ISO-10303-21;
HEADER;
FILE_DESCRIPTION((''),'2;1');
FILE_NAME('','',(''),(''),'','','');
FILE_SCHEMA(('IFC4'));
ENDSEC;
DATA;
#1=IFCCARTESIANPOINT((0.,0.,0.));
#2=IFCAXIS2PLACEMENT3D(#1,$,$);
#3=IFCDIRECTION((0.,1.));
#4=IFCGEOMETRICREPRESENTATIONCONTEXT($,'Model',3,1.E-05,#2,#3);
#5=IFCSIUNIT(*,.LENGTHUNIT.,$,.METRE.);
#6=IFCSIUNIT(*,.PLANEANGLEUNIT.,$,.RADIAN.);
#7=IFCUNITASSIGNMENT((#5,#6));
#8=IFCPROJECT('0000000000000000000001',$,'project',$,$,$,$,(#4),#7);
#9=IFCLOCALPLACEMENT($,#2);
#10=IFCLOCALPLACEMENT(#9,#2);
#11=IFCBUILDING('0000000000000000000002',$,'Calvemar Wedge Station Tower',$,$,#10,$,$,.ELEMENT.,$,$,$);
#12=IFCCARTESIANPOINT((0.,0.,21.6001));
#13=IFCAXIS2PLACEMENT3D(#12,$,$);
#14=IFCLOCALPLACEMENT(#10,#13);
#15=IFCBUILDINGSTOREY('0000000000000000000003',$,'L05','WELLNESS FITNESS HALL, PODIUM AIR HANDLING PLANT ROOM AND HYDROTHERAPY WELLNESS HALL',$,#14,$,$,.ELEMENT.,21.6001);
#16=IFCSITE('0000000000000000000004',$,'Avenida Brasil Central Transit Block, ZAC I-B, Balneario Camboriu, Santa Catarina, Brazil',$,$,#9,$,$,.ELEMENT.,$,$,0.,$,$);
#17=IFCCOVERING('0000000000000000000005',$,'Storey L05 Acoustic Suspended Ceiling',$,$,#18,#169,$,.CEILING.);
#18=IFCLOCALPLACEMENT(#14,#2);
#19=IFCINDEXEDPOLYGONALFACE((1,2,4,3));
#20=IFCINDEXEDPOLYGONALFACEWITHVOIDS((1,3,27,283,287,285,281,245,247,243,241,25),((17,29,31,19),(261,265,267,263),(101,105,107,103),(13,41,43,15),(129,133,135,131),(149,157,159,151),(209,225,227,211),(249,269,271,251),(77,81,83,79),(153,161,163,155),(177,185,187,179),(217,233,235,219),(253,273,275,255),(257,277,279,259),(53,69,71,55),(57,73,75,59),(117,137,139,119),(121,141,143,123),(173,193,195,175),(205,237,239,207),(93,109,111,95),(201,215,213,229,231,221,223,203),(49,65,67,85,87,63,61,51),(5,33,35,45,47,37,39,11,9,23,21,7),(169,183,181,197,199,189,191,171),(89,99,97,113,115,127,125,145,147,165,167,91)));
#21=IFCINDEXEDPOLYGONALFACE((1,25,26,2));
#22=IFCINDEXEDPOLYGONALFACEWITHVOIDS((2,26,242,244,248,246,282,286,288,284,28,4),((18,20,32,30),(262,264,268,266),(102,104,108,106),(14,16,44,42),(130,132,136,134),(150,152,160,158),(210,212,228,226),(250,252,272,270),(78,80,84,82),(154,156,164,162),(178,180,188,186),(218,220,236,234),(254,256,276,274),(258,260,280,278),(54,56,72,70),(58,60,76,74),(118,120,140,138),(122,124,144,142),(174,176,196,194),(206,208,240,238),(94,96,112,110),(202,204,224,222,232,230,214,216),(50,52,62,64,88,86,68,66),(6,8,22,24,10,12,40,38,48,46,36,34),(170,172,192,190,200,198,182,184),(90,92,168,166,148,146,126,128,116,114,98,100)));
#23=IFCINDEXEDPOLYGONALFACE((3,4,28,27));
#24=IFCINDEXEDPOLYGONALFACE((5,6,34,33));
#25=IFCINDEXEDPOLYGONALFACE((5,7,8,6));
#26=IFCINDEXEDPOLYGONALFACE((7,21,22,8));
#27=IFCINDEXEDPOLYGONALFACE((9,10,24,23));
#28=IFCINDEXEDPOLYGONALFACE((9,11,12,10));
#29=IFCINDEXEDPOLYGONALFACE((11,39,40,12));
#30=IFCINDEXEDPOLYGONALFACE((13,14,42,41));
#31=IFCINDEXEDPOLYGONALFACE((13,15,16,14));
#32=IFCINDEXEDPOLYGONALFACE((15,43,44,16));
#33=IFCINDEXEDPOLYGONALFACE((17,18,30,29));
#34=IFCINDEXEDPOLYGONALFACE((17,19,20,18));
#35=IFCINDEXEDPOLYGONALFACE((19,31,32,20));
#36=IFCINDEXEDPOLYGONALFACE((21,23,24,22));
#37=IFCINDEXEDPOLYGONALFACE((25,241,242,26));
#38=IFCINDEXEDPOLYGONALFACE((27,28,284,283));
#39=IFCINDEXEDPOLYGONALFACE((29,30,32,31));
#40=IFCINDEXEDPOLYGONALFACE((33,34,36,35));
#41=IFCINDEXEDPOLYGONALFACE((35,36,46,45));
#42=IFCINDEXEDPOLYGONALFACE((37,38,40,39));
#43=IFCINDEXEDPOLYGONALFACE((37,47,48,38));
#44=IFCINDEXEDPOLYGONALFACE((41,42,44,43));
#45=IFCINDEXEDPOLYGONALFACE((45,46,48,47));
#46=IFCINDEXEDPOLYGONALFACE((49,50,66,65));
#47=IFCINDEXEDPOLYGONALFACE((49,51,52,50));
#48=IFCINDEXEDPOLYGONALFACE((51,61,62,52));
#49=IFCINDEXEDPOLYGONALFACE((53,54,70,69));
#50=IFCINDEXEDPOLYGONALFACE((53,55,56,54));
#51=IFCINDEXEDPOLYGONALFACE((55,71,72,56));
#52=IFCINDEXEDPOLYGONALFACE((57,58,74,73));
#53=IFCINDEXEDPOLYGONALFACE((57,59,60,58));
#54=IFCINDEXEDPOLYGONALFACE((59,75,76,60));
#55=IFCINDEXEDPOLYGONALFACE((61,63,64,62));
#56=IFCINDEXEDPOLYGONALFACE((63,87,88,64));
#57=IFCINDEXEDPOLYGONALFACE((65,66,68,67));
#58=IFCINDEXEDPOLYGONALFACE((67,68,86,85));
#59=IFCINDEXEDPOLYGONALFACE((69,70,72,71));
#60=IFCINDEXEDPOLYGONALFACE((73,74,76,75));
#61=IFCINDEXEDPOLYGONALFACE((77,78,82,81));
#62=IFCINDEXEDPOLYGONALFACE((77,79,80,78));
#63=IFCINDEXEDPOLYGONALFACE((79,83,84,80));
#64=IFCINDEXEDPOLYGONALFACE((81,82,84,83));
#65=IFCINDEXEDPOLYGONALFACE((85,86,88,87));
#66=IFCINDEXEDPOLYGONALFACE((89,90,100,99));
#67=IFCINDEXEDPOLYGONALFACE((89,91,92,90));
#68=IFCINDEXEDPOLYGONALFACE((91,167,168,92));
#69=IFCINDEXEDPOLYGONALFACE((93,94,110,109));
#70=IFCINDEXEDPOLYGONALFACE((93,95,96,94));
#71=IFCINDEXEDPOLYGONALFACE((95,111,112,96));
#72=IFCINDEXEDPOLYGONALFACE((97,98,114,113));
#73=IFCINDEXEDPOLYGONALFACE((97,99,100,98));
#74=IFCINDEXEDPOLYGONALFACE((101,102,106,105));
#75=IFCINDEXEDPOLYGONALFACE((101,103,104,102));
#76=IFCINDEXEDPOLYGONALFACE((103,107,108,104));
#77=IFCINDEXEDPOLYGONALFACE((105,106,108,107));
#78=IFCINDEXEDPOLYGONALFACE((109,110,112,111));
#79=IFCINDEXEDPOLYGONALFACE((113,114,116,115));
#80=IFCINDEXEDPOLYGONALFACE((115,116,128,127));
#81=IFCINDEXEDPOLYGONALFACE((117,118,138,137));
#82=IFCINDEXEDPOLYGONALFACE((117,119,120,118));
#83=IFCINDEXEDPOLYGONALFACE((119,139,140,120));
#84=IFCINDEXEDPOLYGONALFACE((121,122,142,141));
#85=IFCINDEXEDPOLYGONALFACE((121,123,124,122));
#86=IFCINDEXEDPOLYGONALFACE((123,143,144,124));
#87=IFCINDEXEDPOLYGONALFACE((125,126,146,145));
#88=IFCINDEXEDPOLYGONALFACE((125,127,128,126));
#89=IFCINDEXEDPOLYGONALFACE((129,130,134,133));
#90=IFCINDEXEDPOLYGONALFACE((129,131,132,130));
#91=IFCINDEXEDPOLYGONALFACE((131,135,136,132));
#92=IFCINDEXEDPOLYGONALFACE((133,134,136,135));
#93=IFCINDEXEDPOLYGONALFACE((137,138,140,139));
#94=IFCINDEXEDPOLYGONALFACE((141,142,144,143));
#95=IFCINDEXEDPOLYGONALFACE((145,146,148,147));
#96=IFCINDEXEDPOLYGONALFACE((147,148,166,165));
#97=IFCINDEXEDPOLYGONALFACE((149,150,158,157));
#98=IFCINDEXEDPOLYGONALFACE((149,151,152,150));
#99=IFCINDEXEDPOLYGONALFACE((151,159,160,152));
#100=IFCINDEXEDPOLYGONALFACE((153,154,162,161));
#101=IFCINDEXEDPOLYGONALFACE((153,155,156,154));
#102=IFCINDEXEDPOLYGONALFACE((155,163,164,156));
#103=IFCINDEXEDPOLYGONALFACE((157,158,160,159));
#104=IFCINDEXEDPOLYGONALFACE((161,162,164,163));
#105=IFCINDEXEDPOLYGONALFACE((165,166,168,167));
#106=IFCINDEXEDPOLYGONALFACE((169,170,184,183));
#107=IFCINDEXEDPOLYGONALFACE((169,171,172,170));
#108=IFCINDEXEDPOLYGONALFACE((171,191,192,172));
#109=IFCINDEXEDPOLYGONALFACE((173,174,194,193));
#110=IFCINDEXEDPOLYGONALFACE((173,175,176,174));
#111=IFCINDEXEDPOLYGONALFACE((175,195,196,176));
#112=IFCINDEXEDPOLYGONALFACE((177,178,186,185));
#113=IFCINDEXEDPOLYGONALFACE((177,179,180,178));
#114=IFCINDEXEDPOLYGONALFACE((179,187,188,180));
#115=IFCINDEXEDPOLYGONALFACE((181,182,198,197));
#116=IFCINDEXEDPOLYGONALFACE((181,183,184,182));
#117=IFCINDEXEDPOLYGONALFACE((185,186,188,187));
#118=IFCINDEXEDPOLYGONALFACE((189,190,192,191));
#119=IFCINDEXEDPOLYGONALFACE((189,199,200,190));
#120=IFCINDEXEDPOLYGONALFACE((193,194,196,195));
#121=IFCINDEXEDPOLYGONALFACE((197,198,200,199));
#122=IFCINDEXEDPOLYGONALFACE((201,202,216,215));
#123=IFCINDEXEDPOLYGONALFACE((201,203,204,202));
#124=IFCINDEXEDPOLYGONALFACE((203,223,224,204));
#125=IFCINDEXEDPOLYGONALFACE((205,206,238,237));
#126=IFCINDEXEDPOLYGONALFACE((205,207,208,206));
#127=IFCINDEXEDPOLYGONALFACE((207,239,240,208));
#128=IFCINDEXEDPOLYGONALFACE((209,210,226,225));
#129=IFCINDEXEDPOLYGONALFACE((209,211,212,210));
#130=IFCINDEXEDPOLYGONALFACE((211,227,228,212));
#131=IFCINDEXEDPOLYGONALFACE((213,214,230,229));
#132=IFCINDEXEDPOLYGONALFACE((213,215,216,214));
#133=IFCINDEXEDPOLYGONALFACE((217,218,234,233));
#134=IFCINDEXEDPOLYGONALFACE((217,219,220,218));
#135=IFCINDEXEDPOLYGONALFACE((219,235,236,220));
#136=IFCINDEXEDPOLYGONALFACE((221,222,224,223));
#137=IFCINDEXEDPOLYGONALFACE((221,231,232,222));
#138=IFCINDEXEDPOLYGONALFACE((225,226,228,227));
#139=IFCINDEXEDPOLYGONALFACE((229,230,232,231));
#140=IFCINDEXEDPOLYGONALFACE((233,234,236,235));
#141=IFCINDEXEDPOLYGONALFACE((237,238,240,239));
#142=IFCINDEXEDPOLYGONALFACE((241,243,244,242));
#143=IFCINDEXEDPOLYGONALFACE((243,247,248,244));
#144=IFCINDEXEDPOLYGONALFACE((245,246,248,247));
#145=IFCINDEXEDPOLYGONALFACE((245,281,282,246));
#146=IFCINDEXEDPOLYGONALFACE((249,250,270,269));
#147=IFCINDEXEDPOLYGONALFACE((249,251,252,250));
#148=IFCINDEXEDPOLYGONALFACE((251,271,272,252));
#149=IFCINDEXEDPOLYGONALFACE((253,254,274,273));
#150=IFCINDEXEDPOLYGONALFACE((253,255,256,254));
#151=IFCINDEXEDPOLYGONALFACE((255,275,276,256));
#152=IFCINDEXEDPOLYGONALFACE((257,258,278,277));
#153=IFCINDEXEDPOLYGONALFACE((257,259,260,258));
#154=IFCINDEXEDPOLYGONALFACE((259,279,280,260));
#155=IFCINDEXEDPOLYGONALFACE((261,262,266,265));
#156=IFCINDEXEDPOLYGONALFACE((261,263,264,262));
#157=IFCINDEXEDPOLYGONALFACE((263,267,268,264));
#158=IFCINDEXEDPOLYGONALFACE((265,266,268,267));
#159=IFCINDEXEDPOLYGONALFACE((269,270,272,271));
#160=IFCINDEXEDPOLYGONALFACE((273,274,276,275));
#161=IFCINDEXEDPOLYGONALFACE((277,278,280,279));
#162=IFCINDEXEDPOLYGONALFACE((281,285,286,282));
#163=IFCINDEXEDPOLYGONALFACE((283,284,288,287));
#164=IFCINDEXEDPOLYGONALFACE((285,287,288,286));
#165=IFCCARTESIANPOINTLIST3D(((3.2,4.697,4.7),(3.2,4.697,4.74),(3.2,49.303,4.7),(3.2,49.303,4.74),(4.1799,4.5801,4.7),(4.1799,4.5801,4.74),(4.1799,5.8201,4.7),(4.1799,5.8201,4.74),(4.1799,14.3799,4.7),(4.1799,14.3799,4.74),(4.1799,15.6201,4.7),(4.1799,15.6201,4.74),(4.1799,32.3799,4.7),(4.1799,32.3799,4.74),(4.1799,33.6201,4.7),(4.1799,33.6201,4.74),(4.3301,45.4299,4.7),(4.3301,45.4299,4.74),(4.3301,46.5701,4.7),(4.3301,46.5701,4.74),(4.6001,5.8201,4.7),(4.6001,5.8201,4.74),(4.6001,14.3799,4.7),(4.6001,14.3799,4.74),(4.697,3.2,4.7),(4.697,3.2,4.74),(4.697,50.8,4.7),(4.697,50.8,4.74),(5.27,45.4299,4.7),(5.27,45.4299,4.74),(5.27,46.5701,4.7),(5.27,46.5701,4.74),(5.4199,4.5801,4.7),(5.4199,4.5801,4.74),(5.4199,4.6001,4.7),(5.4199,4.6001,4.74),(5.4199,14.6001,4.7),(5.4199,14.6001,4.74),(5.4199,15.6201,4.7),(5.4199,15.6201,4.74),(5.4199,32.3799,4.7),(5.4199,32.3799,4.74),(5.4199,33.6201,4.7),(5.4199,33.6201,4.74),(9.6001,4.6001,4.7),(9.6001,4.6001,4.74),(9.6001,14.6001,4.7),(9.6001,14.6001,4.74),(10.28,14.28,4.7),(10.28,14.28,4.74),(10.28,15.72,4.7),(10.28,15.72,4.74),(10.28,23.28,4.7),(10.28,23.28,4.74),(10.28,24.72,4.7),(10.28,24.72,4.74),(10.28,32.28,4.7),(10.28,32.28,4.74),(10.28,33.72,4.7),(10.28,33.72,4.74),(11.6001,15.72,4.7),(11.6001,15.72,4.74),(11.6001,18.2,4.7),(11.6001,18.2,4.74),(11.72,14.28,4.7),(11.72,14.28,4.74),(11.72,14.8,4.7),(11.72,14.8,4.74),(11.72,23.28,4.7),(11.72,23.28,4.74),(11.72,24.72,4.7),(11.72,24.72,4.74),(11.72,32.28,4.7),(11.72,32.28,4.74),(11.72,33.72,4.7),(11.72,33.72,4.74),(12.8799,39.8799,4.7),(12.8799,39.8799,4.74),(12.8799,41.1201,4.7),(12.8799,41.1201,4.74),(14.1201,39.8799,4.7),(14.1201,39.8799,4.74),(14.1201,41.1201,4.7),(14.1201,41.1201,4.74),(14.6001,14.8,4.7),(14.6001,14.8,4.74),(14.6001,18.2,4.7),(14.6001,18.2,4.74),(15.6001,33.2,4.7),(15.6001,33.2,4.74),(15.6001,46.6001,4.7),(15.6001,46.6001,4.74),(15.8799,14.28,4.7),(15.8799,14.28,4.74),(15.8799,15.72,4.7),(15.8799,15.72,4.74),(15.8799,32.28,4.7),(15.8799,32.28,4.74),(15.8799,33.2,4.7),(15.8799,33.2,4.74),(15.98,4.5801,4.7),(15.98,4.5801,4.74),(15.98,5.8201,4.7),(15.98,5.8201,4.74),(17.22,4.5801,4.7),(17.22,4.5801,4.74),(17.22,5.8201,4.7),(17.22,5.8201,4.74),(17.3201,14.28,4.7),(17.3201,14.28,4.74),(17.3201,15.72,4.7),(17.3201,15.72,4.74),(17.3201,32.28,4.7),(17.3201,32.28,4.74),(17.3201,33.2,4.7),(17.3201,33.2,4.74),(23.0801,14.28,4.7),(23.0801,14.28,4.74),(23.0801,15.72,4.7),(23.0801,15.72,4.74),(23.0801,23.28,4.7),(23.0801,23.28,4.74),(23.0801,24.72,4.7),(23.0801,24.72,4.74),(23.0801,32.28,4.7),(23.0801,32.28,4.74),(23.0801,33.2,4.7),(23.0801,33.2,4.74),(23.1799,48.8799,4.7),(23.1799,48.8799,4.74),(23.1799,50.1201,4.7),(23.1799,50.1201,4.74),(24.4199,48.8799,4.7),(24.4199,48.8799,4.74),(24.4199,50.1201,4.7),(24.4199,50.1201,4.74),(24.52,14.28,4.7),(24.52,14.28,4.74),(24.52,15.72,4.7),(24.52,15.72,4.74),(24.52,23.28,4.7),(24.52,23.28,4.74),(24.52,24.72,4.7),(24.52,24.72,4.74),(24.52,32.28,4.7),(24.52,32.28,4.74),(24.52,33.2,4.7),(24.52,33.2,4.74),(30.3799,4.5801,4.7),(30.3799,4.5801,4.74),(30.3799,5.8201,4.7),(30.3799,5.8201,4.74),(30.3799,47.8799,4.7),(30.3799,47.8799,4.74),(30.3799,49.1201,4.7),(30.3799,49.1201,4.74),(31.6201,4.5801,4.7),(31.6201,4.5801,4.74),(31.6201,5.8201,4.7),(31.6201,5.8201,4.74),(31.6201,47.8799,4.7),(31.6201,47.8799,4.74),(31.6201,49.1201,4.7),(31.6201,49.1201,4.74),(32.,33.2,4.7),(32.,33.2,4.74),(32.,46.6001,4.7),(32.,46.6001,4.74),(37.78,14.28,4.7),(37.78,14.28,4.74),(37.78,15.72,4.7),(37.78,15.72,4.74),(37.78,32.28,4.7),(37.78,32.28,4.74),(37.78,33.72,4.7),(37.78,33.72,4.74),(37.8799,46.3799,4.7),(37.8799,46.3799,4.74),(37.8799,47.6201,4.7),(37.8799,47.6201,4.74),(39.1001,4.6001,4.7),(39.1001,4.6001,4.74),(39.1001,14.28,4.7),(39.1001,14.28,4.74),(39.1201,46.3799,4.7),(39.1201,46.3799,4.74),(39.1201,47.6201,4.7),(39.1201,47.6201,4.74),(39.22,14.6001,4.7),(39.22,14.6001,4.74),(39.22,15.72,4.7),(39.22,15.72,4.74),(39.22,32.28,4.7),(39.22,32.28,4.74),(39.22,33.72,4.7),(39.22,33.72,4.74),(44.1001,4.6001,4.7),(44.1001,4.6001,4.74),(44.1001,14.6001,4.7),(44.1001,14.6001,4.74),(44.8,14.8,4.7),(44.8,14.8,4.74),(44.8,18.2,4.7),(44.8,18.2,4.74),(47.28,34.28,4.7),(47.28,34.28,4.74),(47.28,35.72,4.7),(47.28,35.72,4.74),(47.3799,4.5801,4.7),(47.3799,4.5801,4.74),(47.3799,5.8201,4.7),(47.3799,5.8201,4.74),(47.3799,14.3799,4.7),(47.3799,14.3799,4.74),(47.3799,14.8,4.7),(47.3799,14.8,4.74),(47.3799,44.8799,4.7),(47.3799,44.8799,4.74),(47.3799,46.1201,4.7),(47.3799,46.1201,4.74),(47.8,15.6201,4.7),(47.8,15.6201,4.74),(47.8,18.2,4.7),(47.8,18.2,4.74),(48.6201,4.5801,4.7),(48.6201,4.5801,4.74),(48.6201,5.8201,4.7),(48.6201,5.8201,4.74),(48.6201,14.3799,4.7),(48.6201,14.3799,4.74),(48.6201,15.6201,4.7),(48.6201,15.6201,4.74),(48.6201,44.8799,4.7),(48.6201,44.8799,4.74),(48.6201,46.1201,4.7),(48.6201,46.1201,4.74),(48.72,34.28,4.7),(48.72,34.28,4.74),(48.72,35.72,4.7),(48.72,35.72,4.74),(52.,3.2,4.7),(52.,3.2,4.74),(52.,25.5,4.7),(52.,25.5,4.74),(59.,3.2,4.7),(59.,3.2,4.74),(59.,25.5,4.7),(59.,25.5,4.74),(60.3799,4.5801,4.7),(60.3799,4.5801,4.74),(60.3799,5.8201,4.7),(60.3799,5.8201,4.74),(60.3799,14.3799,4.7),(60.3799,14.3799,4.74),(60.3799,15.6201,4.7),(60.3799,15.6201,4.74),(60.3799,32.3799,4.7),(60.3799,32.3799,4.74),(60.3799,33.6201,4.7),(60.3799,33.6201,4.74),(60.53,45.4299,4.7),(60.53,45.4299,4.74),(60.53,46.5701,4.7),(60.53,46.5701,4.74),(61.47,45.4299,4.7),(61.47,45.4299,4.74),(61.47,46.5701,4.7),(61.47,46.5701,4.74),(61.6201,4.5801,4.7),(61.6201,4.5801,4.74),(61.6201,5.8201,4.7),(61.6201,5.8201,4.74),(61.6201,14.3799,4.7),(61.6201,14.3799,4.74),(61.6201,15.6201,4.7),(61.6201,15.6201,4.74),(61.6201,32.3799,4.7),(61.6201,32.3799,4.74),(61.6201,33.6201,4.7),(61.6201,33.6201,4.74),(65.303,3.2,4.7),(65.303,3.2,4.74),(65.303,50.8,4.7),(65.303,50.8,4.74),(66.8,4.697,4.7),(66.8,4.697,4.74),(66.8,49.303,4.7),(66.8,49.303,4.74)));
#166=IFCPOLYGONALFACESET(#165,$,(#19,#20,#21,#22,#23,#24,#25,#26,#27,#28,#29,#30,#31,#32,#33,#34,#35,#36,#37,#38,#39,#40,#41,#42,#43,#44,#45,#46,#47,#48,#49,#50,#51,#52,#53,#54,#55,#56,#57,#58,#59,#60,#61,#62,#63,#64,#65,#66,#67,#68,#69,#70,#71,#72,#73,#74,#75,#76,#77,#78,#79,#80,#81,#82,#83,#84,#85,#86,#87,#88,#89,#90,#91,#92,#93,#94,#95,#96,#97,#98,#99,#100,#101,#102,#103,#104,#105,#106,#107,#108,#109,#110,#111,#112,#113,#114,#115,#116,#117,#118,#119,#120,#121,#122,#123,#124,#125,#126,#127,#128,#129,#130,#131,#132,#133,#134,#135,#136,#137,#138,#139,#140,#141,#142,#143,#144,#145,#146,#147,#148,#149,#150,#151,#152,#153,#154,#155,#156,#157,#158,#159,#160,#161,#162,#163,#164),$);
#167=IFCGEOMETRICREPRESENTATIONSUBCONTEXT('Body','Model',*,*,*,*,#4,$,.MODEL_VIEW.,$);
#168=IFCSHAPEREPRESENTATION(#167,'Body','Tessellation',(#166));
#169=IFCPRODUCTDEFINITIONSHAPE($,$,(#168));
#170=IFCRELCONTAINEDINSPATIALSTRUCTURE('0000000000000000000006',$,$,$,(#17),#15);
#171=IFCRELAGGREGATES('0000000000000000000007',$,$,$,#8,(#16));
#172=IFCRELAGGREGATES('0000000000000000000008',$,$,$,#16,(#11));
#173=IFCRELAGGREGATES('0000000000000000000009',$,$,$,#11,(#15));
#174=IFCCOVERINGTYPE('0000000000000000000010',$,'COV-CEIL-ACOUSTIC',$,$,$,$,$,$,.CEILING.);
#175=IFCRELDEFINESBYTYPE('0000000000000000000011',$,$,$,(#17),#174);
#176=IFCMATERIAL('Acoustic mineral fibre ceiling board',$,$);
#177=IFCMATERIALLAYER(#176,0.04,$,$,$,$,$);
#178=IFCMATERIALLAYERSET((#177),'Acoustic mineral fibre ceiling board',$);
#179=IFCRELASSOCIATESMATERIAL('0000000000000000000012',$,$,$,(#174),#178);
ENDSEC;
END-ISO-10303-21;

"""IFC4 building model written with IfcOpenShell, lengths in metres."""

from ifc_helpers import new_model, si_unit, direction, frame, origin, place, context, subcontext, project, spatial, polyline, outline, extrude, material, layer, layer_set, type_object, element, save


model = new_model("IFC4")

# Units and contexts
model_context = context("Model", 3, precision=1e-05, world=origin(), true_north=direction((0.0, 1.0)))
body_context = subcontext(model_context, "Body", "Model", "MODEL_VIEW")
ifc_project = project(units=[si_unit("LENGTHUNIT", "METRE"), si_unit("PLANEANGLEUNIT", "RADIAN")], contexts=[model_context])

# Site, building, storey
site_placement = place(None, origin())
site = spatial("IfcSite", under=ifc_project, at=site_placement, Name="Avenida Brasil Central Transit Block, ZAC I-B, Balneario Camboriu, Santa Catarina, Brazil", CompositionType="ELEMENT", RefElevation=0.0)
building_placement = place(site_placement, origin())
building = spatial("IfcBuilding", under=site, at=building_placement, Name="Calvemar Wedge Station Tower", CompositionType="ELEMENT")
storey_placement = place(building_placement, frame((0.0, 0.0, 21.6001)))
storey = spatial("IfcBuildingStorey", under=building, at=storey_placement, Name="L05", Description="WELLNESS FITNESS HALL, PODIUM AIR HANDLING PLANT ROOM AND HYDROTHERAPY WELLNESS HALL", CompositionType="ELEMENT", Elevation=21.6001)

# Covering
ifc_material_1 = material(Name="Acoustic mineral fibre ceiling board")
ifc_layer_1 = layer(ifc_material_1, 0.04)
ifc_layer_set_1 = layer_set([ifc_layer_1], Name="Acoustic mineral fibre ceiling board")
covering_type_1 = type_object("IfcCoveringType", Name="COV-CEIL-ACOUSTIC", PredefinedType="CEILING", material=ifc_layer_set_1)
covering_1_placement = place(storey_placement, frame((0.0, 0.0, 4.7)))
element("IfcCovering", 1, at=covering_1_placement, inside=storey, type_object=covering_type_1, Name="Storey L05 Acoustic Suspended Ceiling", PredefinedType="CEILING", context=body_context, shape_type="SweptSolid", body=[
    extrude(outline(polyline([(65.303, 50.8), (4.697, 50.8), (3.2, 49.303), (3.2, 4.697), (4.697, 3.2), (52.0, 3.2), (52.0, 25.5), (59.0, 25.5), (59.0, 3.2), (65.303, 3.2), (66.8, 4.697), (66.8, 49.303), (65.303, 50.8)]), holes=[polyline([(15.6001, 46.6001), (32.0, 46.6001), (32.0, 33.2), (24.52, 33.2), (24.52, 32.28), (23.0801, 32.28), (23.0801, 33.2), (17.3201, 33.2), (17.3201, 32.28), (15.8799, 32.28), (15.8799, 33.2), (15.6001, 33.2), (15.6001, 46.6001)]), polyline([(4.6001, 14.3799), (4.1799, 14.3799), (4.1799, 15.6201), (5.4199, 15.6201), (5.4199, 14.6001), (9.6001, 14.6001), (9.6001, 4.6001), (5.4199, 4.6001), (5.4199, 4.5801), (4.1799, 4.5801), (4.1799, 5.8201), (4.6001, 5.8201), (4.6001, 14.3799)]), polyline([(39.22, 14.6001), (44.1001, 14.6001), (44.1001, 4.6001), (39.1001, 4.6001), (39.1001, 14.28), (37.78, 14.28), (37.78, 15.72), (39.22, 15.72), (39.22, 14.6001)]), polyline([(11.72, 14.28), (10.28, 14.28), (10.28, 15.72), (11.6001, 15.72), (11.6001, 18.2), (14.6001, 18.2), (14.6001, 14.8), (11.72, 14.8), (11.72, 14.28)]), polyline([(44.8, 14.8), (44.8, 18.2), (47.8, 18.2), (47.8, 15.6201), (48.6201, 15.6201), (48.6201, 14.3799), (47.3799, 14.3799), (47.3799, 14.8), (44.8, 14.8)]), polyline([(15.98, 5.8201), (17.22, 5.8201), (17.22, 4.5801), (15.98, 4.5801), (15.98, 5.8201)]), polyline([(31.6201, 5.8201), (31.6201, 4.5801), (30.3799, 4.5801), (30.3799, 5.8201), (31.6201, 5.8201)]), polyline([(48.6201, 4.5801), (47.3799, 4.5801), (47.3799, 5.8201), (48.6201, 5.8201), (48.6201, 4.5801)]), polyline([(60.3799, 4.5801), (60.3799, 5.8201), (61.6201, 5.8201), (61.6201, 4.5801), (60.3799, 4.5801)]), polyline([(17.3201, 14.28), (15.8799, 14.28), (15.8799, 15.72), (17.3201, 15.72), (17.3201, 14.28)]), polyline([(23.0801, 14.28), (23.0801, 15.72), (24.52, 15.72), (24.52, 14.28), (23.0801, 14.28)]), polyline([(61.6201, 14.3799), (60.3799, 14.3799), (60.3799, 15.6201), (61.6201, 15.6201), (61.6201, 14.3799)]), polyline([(10.28, 23.28), (10.28, 24.72), (11.72, 24.72), (11.72, 23.28), (10.28, 23.28)]), polyline([(23.0801, 24.72), (24.52, 24.72), (24.52, 23.28), (23.0801, 23.28), (23.0801, 24.72)]), polyline([(5.4199, 33.6201), (5.4199, 32.3799), (4.1799, 32.3799), (4.1799, 33.6201), (5.4199, 33.6201)]), polyline([(11.72, 32.28), (10.28, 32.28), (10.28, 33.72), (11.72, 33.72), (11.72, 32.28)]), polyline([(39.22, 33.72), (39.22, 32.28), (37.78, 32.28), (37.78, 33.72), (39.22, 33.72)]), polyline([(48.72, 34.28), (47.28, 34.28), (47.28, 35.72), (48.72, 35.72), (48.72, 34.28)]), polyline([(60.3799, 32.3799), (60.3799, 33.6201), (61.6201, 33.6201), (61.6201, 32.3799), (60.3799, 32.3799)]), polyline([(4.3301, 46.5701), (5.27, 46.5701), (5.27, 45.4299), (4.3301, 45.4299), (4.3301, 46.5701)]), polyline([(14.1201, 41.1201), (14.1201, 39.8799), (12.8799, 39.8799), (12.8799, 41.1201), (14.1201, 41.1201)]), polyline([(24.4199, 48.8799), (23.1799, 48.8799), (23.1799, 50.1201), (24.4199, 50.1201), (24.4199, 48.8799)]), polyline([(30.3799, 47.8799), (30.3799, 49.1201), (31.6201, 49.1201), (31.6201, 47.8799), (30.3799, 47.8799)]), polyline([(37.8799, 47.6201), (39.1201, 47.6201), (39.1201, 46.3799), (37.8799, 46.3799), (37.8799, 47.6201)]), polyline([(48.6201, 46.1201), (48.6201, 44.8799), (47.3799, 44.8799), (47.3799, 46.1201), (48.6201, 46.1201)]), polyline([(61.47, 45.4299), (60.53, 45.4299), (60.53, 46.5701), (61.47, 46.5701), (61.47, 45.4299)])]), origin(), (0.0, 0.0, 1.0), 0.04),
])

save(model, "model.ifc")
